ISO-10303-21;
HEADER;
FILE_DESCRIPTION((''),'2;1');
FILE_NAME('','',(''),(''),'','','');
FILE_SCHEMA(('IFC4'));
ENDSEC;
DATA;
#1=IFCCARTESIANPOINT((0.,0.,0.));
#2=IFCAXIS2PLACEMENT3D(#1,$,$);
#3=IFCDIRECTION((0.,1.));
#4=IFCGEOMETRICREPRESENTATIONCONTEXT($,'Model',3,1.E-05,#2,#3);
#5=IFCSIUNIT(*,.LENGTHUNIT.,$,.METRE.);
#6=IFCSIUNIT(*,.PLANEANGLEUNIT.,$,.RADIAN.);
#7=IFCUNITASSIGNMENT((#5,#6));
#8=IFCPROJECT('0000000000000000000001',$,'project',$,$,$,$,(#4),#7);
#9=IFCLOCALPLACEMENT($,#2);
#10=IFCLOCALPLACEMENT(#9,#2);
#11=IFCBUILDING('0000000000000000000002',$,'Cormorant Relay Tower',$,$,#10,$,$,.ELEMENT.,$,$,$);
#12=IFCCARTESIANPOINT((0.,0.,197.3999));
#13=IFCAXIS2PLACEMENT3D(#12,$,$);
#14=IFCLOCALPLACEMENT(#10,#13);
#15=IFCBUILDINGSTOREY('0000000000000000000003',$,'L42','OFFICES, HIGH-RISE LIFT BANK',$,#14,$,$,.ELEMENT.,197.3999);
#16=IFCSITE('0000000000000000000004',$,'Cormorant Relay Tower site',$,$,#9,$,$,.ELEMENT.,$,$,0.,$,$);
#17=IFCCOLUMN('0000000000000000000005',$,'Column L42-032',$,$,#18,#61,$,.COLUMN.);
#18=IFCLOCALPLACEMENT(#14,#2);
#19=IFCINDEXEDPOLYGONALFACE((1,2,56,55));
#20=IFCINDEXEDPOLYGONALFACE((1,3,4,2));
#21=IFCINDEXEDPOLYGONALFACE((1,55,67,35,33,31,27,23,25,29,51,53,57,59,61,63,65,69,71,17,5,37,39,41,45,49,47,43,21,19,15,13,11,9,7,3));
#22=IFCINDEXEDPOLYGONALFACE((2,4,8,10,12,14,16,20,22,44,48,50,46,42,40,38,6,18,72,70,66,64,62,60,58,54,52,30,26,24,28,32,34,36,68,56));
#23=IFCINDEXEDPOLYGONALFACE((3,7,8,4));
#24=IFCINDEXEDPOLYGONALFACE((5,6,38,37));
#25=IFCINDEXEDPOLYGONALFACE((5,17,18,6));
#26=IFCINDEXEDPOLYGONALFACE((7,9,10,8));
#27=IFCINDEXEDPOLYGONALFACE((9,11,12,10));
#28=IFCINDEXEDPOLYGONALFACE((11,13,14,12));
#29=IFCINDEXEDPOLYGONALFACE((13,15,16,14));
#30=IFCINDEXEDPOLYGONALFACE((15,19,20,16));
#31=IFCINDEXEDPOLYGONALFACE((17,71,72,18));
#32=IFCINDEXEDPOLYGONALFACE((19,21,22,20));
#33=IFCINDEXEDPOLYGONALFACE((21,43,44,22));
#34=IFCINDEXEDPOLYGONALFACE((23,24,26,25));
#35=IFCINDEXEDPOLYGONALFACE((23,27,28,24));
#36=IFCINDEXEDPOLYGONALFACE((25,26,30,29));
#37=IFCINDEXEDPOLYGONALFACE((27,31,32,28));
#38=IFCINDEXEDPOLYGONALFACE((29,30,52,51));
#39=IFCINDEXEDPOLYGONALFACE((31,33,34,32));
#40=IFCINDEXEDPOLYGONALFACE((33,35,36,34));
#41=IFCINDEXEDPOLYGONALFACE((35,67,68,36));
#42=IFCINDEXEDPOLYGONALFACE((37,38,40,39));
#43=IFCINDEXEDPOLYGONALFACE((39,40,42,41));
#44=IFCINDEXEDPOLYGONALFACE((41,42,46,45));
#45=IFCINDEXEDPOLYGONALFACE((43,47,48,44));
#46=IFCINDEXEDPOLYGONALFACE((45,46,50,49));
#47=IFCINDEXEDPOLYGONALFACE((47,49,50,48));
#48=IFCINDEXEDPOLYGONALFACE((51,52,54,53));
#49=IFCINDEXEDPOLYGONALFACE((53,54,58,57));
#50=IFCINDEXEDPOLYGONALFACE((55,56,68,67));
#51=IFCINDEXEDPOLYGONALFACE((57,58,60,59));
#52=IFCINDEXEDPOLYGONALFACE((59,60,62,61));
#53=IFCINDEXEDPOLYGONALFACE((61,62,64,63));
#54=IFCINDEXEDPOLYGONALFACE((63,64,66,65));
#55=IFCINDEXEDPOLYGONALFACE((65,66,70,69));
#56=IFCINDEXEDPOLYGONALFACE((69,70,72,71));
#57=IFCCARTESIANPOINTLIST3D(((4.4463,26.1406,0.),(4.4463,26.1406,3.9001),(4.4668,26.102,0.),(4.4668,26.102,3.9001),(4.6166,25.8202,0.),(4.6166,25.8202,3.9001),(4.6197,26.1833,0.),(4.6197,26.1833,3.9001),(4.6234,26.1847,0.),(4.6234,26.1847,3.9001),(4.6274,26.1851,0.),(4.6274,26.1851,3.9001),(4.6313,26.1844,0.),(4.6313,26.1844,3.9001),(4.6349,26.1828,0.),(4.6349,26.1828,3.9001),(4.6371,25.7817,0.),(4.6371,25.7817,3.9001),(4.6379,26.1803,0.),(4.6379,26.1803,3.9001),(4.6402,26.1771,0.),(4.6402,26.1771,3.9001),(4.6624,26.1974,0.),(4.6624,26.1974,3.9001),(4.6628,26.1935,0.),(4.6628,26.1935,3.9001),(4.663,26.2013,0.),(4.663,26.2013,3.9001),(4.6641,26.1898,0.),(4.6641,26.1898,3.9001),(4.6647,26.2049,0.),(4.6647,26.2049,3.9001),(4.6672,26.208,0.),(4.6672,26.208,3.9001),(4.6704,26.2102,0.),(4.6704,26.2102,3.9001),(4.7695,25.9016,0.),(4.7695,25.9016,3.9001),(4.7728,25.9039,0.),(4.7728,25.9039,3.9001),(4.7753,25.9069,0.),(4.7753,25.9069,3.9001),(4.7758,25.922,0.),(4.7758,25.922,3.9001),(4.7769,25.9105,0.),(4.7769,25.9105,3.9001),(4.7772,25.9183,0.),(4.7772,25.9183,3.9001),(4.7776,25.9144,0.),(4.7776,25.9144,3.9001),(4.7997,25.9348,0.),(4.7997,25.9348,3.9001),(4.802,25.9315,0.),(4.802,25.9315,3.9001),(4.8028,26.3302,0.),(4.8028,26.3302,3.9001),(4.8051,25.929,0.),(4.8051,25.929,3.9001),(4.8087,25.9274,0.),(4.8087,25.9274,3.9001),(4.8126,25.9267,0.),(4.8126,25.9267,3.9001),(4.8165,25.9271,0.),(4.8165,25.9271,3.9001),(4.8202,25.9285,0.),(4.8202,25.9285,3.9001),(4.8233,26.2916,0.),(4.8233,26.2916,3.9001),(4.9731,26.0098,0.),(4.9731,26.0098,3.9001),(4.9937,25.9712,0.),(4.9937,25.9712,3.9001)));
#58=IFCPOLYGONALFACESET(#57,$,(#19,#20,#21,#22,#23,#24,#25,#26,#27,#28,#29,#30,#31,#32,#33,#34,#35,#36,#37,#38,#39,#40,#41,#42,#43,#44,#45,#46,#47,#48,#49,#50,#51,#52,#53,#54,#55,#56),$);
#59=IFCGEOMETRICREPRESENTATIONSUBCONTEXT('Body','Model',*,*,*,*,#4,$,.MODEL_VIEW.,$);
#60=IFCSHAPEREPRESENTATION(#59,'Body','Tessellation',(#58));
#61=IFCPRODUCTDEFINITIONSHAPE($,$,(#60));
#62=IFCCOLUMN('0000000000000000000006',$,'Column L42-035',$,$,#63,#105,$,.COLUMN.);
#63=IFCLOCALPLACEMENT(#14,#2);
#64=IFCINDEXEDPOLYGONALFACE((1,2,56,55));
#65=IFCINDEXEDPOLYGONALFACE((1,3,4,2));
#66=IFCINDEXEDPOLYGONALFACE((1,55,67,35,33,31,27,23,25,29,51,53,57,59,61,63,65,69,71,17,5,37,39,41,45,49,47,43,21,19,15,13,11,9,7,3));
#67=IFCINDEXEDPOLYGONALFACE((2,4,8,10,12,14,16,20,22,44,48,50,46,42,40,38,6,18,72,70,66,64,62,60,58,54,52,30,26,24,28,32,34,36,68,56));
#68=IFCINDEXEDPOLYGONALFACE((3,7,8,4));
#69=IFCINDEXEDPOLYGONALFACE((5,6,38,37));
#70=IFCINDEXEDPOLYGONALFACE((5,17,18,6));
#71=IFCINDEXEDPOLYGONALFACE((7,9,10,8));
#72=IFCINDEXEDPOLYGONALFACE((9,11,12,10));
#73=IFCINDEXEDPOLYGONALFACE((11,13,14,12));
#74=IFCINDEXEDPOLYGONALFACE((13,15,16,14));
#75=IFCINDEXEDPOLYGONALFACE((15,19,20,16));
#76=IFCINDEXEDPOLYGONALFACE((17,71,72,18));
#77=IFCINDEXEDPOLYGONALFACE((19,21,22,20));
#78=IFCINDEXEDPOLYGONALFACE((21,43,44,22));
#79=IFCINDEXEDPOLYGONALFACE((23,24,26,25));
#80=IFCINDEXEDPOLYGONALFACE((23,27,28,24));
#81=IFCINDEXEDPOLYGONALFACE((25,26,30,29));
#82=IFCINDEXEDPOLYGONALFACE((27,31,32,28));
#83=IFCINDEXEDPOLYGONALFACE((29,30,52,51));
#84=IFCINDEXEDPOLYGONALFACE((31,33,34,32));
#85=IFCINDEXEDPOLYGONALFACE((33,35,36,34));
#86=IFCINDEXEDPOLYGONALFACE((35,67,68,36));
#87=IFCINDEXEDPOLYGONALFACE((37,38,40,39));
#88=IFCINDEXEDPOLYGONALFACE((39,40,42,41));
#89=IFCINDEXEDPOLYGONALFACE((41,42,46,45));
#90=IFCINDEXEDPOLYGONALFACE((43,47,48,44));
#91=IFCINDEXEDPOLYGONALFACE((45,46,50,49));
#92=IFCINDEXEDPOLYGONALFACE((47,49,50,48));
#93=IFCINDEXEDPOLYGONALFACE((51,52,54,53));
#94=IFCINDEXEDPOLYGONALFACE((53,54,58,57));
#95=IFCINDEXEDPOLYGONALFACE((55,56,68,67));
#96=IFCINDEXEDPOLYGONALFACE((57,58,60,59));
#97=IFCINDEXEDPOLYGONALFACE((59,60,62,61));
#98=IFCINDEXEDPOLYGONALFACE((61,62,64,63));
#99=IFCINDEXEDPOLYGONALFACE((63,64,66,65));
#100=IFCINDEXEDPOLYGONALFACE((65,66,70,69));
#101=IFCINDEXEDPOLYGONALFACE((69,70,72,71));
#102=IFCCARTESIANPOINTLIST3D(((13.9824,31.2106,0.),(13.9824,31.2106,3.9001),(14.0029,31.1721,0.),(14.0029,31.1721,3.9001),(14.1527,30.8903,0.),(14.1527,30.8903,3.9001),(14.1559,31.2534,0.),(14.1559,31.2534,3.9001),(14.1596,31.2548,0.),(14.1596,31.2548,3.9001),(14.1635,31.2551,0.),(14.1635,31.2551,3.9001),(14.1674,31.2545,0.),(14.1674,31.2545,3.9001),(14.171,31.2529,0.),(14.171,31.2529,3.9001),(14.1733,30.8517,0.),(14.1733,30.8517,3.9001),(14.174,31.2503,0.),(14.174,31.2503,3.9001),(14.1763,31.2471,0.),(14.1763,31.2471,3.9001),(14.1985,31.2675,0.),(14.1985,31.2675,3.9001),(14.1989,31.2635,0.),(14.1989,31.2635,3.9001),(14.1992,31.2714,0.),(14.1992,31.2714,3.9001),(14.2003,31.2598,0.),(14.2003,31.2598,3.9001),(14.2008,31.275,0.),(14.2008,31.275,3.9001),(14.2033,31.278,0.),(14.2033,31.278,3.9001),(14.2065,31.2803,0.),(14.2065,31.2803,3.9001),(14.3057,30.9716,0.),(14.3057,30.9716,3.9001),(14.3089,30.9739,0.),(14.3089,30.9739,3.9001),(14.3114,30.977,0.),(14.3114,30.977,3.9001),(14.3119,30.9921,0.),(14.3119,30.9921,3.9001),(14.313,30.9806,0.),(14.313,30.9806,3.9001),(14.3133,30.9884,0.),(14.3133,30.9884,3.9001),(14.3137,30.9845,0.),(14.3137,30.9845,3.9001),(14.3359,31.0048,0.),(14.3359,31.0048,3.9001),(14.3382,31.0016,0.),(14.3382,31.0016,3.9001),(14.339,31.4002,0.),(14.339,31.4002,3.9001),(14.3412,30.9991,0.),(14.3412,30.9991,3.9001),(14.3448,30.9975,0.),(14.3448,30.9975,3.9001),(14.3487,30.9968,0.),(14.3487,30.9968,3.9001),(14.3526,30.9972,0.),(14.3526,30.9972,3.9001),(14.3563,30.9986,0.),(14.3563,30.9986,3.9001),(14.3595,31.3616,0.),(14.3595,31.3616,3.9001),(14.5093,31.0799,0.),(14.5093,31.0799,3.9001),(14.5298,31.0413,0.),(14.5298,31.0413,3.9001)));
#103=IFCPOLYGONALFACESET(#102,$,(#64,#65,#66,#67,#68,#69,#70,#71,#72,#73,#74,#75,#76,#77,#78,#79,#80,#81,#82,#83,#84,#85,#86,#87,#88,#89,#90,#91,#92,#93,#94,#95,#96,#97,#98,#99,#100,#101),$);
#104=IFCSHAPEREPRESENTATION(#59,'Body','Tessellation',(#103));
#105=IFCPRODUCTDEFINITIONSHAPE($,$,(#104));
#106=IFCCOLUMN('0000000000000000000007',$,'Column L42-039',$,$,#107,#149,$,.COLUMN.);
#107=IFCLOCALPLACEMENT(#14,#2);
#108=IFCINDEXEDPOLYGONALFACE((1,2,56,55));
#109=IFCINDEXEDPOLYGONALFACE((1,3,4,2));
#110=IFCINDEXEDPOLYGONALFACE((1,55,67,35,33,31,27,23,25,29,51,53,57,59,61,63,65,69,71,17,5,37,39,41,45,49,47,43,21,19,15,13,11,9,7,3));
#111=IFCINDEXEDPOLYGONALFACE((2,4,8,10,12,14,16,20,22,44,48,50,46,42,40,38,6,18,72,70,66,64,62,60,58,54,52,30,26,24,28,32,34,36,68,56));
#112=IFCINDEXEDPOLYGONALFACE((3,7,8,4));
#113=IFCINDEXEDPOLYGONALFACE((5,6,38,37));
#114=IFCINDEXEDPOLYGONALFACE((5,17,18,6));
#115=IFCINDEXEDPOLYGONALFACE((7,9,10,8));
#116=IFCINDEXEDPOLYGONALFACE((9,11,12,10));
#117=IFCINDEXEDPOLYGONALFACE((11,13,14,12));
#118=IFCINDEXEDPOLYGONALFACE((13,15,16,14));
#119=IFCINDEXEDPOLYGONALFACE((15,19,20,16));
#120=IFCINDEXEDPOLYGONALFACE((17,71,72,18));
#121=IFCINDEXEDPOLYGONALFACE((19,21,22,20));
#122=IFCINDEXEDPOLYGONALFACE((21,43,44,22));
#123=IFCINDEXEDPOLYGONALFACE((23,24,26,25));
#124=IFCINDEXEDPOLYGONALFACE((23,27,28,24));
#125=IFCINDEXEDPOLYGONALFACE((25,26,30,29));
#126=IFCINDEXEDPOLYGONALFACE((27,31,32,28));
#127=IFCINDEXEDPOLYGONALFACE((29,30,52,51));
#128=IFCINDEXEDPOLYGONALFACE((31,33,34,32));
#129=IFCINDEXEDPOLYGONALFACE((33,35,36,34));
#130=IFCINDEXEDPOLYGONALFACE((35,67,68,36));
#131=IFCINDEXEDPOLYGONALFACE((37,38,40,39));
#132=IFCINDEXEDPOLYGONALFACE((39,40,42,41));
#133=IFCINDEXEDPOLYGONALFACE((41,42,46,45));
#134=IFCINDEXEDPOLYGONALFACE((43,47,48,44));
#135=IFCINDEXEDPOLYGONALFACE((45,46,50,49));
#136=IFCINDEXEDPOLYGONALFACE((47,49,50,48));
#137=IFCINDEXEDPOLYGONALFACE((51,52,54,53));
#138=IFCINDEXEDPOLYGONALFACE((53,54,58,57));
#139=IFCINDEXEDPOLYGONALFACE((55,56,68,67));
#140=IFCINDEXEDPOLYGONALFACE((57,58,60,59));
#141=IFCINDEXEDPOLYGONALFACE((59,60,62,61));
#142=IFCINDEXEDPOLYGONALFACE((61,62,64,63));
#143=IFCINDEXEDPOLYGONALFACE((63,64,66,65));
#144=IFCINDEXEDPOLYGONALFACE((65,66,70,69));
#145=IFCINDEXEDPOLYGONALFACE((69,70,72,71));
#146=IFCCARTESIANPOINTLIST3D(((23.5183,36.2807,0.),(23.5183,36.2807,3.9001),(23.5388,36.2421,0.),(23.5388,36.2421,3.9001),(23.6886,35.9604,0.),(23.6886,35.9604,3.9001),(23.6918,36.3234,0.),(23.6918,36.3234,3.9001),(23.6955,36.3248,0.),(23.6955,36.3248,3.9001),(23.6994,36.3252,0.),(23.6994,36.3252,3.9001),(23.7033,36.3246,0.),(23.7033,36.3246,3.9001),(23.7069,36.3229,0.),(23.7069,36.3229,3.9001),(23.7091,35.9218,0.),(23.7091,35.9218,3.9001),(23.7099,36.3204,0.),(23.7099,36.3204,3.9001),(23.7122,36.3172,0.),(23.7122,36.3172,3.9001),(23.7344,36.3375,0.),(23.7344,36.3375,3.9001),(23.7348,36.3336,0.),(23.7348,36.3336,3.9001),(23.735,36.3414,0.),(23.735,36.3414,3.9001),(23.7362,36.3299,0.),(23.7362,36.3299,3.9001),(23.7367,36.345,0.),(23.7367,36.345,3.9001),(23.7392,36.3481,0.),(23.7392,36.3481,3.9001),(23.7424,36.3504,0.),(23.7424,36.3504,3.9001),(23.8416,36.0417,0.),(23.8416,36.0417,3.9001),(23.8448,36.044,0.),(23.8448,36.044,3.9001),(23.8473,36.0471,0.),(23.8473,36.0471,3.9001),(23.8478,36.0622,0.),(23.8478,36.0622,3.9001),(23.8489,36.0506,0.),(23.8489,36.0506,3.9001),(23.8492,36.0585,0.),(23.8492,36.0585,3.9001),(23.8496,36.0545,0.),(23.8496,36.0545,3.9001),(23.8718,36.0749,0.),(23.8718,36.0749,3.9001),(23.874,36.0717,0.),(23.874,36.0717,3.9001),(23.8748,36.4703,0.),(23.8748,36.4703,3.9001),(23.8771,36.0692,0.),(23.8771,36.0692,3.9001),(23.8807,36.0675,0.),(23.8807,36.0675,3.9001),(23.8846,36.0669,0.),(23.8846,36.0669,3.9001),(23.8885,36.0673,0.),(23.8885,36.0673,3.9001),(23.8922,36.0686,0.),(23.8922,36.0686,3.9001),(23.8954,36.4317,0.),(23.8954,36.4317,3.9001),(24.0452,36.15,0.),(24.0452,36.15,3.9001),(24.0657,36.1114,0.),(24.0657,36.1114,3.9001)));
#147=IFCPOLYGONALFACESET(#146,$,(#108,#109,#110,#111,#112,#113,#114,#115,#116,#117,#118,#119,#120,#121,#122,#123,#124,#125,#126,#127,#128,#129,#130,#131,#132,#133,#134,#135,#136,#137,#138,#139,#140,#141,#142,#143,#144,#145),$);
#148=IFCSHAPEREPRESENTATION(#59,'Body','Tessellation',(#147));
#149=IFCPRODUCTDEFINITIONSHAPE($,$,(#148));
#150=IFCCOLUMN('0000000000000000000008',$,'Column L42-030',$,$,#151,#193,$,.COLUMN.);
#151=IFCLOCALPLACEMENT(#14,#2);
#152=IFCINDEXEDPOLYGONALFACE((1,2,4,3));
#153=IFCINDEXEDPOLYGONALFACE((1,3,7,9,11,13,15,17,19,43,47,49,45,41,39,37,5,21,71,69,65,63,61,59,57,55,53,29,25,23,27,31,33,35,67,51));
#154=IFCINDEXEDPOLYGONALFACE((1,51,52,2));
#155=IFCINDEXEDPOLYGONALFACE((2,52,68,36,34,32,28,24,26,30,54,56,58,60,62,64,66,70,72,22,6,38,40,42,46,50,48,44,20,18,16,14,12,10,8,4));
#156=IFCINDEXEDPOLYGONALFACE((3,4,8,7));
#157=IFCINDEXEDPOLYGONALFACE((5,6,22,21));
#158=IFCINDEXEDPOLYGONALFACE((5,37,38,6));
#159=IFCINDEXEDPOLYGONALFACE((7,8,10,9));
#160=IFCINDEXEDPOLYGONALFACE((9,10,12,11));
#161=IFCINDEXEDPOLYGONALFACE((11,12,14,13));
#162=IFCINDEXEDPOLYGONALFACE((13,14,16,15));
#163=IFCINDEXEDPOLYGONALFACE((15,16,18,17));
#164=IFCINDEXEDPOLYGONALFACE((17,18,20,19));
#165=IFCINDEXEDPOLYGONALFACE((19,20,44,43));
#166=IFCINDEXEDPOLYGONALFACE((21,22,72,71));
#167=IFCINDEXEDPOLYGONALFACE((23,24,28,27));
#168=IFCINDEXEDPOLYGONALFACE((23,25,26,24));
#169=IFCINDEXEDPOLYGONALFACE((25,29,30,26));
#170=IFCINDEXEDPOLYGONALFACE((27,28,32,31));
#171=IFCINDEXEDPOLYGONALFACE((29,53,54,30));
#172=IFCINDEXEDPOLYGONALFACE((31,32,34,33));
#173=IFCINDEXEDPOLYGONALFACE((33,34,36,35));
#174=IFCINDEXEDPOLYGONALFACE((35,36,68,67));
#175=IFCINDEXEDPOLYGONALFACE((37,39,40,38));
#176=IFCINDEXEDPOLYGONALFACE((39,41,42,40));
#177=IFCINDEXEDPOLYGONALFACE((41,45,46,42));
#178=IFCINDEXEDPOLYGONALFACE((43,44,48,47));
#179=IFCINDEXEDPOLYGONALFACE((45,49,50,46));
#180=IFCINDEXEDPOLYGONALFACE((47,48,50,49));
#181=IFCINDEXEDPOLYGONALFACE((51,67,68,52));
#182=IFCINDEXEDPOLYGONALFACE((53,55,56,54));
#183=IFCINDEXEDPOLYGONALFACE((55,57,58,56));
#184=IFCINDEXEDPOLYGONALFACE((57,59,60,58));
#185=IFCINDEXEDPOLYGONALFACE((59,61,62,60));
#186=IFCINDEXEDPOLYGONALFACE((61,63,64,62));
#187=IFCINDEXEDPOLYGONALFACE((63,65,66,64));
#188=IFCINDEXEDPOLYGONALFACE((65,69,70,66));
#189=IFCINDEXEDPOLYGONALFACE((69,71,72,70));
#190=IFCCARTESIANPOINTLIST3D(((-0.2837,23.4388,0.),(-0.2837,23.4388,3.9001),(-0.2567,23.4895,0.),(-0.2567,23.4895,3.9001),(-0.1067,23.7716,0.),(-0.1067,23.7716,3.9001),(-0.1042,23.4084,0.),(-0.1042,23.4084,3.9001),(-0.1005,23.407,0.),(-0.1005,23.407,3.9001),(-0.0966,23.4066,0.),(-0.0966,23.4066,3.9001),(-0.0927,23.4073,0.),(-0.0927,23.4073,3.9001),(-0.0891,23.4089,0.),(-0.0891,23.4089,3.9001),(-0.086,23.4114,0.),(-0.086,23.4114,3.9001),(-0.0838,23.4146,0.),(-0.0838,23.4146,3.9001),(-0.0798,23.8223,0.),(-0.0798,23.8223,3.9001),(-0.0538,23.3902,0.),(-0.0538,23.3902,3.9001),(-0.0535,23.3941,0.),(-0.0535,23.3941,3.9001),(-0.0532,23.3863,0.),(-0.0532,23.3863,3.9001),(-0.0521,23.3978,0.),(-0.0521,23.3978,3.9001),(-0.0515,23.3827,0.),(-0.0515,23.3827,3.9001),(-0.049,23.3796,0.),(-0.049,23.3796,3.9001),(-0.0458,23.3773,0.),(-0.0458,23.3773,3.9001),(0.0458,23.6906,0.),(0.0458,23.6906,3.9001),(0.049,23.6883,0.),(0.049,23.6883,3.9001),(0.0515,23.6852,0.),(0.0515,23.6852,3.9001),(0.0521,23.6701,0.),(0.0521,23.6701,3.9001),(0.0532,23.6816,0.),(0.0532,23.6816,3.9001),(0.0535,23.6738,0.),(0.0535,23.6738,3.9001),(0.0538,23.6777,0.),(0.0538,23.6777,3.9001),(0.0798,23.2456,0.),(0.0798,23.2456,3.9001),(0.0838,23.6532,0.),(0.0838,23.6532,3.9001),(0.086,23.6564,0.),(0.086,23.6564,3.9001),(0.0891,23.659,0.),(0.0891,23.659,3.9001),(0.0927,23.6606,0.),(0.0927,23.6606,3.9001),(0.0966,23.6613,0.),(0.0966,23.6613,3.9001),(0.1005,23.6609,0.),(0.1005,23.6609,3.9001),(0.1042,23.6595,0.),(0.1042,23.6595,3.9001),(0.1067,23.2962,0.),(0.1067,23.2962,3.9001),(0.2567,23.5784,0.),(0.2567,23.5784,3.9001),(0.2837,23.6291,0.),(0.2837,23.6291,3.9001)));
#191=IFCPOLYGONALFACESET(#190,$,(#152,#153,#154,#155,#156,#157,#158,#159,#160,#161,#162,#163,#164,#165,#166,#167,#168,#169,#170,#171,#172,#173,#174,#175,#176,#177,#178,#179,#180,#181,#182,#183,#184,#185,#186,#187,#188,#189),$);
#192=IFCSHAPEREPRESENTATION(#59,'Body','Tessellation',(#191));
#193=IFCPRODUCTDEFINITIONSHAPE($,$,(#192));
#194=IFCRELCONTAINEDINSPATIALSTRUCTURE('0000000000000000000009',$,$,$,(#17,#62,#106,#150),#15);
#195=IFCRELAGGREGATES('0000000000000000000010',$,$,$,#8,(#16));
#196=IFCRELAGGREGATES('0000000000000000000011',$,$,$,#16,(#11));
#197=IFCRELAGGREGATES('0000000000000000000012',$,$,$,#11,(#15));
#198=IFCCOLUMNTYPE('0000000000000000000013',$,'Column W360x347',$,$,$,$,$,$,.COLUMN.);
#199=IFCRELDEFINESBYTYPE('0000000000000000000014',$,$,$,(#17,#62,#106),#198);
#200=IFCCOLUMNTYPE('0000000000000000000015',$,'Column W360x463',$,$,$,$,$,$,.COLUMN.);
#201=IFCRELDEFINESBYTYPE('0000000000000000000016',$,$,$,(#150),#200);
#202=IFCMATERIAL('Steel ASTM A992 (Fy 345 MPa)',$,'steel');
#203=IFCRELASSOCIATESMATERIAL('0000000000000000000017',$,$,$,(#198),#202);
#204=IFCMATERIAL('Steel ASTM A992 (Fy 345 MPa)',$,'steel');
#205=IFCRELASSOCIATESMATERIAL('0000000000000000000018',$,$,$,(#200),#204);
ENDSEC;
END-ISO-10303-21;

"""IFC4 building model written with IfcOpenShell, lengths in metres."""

from ifc_helpers import new_model, si_unit, direction, frame, origin, origin_2d, place, context, subcontext, project, spatial, i_section, extrude, material, material_profile, profile_set, type_object, element, save


model = new_model("IFC4")

# Units and contexts
model_context = context("Model", 3, precision=1e-05, world=origin(), true_north=direction((0.0, 1.0)))
body_context = subcontext(model_context, "Body", "Model", "MODEL_VIEW")
ifc_project = project(units=[si_unit("LENGTHUNIT", "METRE"), si_unit("PLANEANGLEUNIT", "RADIAN")], contexts=[model_context])

# Site, building, storey
site_placement = place(None, origin())
site = spatial("IfcSite", under=ifc_project, at=site_placement, Name="Cormorant Relay Tower site", CompositionType="ELEMENT", RefElevation=0.0)
building_placement = place(site_placement, origin())
building = spatial("IfcBuilding", under=site, at=building_placement, Name="Cormorant Relay Tower", CompositionType="ELEMENT")
storey_placement = place(building_placement, frame((0.0, 0.0, 197.3999)))
storey = spatial("IfcBuildingStorey", under=building, at=storey_placement, Name="L42", Description="OFFICES, HIGH-RISE LIFT BANK", CompositionType="ELEMENT", Elevation=197.3999)

# Columns
ifc_material_1 = material(Name="Steel ASTM A992 (Fy 345 MPa)", Category="steel")
ifc_material_profile_1 = material_profile(ifc_material_1, i_section(OverallWidth=0.4038, OverallDepth=0.4065, WebThickness=0.0271, FlangeThickness=0.0437, FilletRadius=0.0151, at=origin_2d()), Name="W360x347")
ifc_profile_set_1 = profile_set([ifc_material_profile_1], Name="Steel ASTM A992 (Fy 345 MPa)")
column_type_1 = type_object("IfcColumnType", Name="Column W360x347", PredefinedType="COLUMN", material=ifc_profile_set_1)
for number, where, z_axis, x_axis, name in (
    (1, (4.72, 26.0559, 0.0), (0.0, 0.0, 1.0), (-0.882948, -0.469472, 0.0), "Column L42-032"),
    (2, (14.2561, 31.126, 0.0), (0.0, 0.0, 1.0), (-0.882948, -0.469472, 0.0), "Column L42-035"),
    (3, (23.792, 36.196, 0.0), (0.0, 0.0, 1.0), (-0.882948, -0.469472, 0.0), "Column L42-039"),
):
    element("IfcColumn", number, at=place(storey_placement, frame(where, z_axis=z_axis, x_axis=x_axis)), inside=storey, type_object=column_type_1, Name=name, PredefinedType="COLUMN", context=body_context, shape_type="SweptSolid", body=[
        extrude(i_section(OverallWidth=0.4038, OverallDepth=0.4065, WebThickness=0.0271, FlangeThickness=0.0437, FilletRadius=0.0151, at=origin_2d()), origin(), (0.0, 0.0, 1.0), 3.9001),
    ])
ifc_material_2 = material(Name="Steel ASTM A992 (Fy 345 MPa)", Category="steel")
ifc_material_profile_2 = material_profile(ifc_material_2, i_section(OverallWidth=0.4116, OverallDepth=0.4343, WebThickness=0.0359, FlangeThickness=0.0574, FilletRadius=0.0151, at=origin_2d()), Name="W360x463")
ifc_profile_set_2 = profile_set([ifc_material_profile_2], Name="Steel ASTM A992 (Fy 345 MPa)")
column_type_2 = type_object("IfcColumnType", Name="Column W360x463", PredefinedType="COLUMN", material=ifc_profile_set_2)
column_placement = place(storey_placement, frame((0.0, 23.5339, 0.0), z_axis=(0.0, 0.0, 1.0), x_axis=(-0.882948, 0.469472, 0.0)))
element("IfcColumn", 4, at=column_placement, inside=storey, type_object=column_type_2, Name="Column L42-030", PredefinedType="COLUMN", context=body_context, shape_type="SweptSolid", body=[
    extrude(i_section(OverallWidth=0.4116, OverallDepth=0.4343, WebThickness=0.0359, FlangeThickness=0.0574, FilletRadius=0.0151, at=origin_2d()), origin(), (0.0, 0.0, 1.0), 3.9001),
])

save(model, "model.ifc")
